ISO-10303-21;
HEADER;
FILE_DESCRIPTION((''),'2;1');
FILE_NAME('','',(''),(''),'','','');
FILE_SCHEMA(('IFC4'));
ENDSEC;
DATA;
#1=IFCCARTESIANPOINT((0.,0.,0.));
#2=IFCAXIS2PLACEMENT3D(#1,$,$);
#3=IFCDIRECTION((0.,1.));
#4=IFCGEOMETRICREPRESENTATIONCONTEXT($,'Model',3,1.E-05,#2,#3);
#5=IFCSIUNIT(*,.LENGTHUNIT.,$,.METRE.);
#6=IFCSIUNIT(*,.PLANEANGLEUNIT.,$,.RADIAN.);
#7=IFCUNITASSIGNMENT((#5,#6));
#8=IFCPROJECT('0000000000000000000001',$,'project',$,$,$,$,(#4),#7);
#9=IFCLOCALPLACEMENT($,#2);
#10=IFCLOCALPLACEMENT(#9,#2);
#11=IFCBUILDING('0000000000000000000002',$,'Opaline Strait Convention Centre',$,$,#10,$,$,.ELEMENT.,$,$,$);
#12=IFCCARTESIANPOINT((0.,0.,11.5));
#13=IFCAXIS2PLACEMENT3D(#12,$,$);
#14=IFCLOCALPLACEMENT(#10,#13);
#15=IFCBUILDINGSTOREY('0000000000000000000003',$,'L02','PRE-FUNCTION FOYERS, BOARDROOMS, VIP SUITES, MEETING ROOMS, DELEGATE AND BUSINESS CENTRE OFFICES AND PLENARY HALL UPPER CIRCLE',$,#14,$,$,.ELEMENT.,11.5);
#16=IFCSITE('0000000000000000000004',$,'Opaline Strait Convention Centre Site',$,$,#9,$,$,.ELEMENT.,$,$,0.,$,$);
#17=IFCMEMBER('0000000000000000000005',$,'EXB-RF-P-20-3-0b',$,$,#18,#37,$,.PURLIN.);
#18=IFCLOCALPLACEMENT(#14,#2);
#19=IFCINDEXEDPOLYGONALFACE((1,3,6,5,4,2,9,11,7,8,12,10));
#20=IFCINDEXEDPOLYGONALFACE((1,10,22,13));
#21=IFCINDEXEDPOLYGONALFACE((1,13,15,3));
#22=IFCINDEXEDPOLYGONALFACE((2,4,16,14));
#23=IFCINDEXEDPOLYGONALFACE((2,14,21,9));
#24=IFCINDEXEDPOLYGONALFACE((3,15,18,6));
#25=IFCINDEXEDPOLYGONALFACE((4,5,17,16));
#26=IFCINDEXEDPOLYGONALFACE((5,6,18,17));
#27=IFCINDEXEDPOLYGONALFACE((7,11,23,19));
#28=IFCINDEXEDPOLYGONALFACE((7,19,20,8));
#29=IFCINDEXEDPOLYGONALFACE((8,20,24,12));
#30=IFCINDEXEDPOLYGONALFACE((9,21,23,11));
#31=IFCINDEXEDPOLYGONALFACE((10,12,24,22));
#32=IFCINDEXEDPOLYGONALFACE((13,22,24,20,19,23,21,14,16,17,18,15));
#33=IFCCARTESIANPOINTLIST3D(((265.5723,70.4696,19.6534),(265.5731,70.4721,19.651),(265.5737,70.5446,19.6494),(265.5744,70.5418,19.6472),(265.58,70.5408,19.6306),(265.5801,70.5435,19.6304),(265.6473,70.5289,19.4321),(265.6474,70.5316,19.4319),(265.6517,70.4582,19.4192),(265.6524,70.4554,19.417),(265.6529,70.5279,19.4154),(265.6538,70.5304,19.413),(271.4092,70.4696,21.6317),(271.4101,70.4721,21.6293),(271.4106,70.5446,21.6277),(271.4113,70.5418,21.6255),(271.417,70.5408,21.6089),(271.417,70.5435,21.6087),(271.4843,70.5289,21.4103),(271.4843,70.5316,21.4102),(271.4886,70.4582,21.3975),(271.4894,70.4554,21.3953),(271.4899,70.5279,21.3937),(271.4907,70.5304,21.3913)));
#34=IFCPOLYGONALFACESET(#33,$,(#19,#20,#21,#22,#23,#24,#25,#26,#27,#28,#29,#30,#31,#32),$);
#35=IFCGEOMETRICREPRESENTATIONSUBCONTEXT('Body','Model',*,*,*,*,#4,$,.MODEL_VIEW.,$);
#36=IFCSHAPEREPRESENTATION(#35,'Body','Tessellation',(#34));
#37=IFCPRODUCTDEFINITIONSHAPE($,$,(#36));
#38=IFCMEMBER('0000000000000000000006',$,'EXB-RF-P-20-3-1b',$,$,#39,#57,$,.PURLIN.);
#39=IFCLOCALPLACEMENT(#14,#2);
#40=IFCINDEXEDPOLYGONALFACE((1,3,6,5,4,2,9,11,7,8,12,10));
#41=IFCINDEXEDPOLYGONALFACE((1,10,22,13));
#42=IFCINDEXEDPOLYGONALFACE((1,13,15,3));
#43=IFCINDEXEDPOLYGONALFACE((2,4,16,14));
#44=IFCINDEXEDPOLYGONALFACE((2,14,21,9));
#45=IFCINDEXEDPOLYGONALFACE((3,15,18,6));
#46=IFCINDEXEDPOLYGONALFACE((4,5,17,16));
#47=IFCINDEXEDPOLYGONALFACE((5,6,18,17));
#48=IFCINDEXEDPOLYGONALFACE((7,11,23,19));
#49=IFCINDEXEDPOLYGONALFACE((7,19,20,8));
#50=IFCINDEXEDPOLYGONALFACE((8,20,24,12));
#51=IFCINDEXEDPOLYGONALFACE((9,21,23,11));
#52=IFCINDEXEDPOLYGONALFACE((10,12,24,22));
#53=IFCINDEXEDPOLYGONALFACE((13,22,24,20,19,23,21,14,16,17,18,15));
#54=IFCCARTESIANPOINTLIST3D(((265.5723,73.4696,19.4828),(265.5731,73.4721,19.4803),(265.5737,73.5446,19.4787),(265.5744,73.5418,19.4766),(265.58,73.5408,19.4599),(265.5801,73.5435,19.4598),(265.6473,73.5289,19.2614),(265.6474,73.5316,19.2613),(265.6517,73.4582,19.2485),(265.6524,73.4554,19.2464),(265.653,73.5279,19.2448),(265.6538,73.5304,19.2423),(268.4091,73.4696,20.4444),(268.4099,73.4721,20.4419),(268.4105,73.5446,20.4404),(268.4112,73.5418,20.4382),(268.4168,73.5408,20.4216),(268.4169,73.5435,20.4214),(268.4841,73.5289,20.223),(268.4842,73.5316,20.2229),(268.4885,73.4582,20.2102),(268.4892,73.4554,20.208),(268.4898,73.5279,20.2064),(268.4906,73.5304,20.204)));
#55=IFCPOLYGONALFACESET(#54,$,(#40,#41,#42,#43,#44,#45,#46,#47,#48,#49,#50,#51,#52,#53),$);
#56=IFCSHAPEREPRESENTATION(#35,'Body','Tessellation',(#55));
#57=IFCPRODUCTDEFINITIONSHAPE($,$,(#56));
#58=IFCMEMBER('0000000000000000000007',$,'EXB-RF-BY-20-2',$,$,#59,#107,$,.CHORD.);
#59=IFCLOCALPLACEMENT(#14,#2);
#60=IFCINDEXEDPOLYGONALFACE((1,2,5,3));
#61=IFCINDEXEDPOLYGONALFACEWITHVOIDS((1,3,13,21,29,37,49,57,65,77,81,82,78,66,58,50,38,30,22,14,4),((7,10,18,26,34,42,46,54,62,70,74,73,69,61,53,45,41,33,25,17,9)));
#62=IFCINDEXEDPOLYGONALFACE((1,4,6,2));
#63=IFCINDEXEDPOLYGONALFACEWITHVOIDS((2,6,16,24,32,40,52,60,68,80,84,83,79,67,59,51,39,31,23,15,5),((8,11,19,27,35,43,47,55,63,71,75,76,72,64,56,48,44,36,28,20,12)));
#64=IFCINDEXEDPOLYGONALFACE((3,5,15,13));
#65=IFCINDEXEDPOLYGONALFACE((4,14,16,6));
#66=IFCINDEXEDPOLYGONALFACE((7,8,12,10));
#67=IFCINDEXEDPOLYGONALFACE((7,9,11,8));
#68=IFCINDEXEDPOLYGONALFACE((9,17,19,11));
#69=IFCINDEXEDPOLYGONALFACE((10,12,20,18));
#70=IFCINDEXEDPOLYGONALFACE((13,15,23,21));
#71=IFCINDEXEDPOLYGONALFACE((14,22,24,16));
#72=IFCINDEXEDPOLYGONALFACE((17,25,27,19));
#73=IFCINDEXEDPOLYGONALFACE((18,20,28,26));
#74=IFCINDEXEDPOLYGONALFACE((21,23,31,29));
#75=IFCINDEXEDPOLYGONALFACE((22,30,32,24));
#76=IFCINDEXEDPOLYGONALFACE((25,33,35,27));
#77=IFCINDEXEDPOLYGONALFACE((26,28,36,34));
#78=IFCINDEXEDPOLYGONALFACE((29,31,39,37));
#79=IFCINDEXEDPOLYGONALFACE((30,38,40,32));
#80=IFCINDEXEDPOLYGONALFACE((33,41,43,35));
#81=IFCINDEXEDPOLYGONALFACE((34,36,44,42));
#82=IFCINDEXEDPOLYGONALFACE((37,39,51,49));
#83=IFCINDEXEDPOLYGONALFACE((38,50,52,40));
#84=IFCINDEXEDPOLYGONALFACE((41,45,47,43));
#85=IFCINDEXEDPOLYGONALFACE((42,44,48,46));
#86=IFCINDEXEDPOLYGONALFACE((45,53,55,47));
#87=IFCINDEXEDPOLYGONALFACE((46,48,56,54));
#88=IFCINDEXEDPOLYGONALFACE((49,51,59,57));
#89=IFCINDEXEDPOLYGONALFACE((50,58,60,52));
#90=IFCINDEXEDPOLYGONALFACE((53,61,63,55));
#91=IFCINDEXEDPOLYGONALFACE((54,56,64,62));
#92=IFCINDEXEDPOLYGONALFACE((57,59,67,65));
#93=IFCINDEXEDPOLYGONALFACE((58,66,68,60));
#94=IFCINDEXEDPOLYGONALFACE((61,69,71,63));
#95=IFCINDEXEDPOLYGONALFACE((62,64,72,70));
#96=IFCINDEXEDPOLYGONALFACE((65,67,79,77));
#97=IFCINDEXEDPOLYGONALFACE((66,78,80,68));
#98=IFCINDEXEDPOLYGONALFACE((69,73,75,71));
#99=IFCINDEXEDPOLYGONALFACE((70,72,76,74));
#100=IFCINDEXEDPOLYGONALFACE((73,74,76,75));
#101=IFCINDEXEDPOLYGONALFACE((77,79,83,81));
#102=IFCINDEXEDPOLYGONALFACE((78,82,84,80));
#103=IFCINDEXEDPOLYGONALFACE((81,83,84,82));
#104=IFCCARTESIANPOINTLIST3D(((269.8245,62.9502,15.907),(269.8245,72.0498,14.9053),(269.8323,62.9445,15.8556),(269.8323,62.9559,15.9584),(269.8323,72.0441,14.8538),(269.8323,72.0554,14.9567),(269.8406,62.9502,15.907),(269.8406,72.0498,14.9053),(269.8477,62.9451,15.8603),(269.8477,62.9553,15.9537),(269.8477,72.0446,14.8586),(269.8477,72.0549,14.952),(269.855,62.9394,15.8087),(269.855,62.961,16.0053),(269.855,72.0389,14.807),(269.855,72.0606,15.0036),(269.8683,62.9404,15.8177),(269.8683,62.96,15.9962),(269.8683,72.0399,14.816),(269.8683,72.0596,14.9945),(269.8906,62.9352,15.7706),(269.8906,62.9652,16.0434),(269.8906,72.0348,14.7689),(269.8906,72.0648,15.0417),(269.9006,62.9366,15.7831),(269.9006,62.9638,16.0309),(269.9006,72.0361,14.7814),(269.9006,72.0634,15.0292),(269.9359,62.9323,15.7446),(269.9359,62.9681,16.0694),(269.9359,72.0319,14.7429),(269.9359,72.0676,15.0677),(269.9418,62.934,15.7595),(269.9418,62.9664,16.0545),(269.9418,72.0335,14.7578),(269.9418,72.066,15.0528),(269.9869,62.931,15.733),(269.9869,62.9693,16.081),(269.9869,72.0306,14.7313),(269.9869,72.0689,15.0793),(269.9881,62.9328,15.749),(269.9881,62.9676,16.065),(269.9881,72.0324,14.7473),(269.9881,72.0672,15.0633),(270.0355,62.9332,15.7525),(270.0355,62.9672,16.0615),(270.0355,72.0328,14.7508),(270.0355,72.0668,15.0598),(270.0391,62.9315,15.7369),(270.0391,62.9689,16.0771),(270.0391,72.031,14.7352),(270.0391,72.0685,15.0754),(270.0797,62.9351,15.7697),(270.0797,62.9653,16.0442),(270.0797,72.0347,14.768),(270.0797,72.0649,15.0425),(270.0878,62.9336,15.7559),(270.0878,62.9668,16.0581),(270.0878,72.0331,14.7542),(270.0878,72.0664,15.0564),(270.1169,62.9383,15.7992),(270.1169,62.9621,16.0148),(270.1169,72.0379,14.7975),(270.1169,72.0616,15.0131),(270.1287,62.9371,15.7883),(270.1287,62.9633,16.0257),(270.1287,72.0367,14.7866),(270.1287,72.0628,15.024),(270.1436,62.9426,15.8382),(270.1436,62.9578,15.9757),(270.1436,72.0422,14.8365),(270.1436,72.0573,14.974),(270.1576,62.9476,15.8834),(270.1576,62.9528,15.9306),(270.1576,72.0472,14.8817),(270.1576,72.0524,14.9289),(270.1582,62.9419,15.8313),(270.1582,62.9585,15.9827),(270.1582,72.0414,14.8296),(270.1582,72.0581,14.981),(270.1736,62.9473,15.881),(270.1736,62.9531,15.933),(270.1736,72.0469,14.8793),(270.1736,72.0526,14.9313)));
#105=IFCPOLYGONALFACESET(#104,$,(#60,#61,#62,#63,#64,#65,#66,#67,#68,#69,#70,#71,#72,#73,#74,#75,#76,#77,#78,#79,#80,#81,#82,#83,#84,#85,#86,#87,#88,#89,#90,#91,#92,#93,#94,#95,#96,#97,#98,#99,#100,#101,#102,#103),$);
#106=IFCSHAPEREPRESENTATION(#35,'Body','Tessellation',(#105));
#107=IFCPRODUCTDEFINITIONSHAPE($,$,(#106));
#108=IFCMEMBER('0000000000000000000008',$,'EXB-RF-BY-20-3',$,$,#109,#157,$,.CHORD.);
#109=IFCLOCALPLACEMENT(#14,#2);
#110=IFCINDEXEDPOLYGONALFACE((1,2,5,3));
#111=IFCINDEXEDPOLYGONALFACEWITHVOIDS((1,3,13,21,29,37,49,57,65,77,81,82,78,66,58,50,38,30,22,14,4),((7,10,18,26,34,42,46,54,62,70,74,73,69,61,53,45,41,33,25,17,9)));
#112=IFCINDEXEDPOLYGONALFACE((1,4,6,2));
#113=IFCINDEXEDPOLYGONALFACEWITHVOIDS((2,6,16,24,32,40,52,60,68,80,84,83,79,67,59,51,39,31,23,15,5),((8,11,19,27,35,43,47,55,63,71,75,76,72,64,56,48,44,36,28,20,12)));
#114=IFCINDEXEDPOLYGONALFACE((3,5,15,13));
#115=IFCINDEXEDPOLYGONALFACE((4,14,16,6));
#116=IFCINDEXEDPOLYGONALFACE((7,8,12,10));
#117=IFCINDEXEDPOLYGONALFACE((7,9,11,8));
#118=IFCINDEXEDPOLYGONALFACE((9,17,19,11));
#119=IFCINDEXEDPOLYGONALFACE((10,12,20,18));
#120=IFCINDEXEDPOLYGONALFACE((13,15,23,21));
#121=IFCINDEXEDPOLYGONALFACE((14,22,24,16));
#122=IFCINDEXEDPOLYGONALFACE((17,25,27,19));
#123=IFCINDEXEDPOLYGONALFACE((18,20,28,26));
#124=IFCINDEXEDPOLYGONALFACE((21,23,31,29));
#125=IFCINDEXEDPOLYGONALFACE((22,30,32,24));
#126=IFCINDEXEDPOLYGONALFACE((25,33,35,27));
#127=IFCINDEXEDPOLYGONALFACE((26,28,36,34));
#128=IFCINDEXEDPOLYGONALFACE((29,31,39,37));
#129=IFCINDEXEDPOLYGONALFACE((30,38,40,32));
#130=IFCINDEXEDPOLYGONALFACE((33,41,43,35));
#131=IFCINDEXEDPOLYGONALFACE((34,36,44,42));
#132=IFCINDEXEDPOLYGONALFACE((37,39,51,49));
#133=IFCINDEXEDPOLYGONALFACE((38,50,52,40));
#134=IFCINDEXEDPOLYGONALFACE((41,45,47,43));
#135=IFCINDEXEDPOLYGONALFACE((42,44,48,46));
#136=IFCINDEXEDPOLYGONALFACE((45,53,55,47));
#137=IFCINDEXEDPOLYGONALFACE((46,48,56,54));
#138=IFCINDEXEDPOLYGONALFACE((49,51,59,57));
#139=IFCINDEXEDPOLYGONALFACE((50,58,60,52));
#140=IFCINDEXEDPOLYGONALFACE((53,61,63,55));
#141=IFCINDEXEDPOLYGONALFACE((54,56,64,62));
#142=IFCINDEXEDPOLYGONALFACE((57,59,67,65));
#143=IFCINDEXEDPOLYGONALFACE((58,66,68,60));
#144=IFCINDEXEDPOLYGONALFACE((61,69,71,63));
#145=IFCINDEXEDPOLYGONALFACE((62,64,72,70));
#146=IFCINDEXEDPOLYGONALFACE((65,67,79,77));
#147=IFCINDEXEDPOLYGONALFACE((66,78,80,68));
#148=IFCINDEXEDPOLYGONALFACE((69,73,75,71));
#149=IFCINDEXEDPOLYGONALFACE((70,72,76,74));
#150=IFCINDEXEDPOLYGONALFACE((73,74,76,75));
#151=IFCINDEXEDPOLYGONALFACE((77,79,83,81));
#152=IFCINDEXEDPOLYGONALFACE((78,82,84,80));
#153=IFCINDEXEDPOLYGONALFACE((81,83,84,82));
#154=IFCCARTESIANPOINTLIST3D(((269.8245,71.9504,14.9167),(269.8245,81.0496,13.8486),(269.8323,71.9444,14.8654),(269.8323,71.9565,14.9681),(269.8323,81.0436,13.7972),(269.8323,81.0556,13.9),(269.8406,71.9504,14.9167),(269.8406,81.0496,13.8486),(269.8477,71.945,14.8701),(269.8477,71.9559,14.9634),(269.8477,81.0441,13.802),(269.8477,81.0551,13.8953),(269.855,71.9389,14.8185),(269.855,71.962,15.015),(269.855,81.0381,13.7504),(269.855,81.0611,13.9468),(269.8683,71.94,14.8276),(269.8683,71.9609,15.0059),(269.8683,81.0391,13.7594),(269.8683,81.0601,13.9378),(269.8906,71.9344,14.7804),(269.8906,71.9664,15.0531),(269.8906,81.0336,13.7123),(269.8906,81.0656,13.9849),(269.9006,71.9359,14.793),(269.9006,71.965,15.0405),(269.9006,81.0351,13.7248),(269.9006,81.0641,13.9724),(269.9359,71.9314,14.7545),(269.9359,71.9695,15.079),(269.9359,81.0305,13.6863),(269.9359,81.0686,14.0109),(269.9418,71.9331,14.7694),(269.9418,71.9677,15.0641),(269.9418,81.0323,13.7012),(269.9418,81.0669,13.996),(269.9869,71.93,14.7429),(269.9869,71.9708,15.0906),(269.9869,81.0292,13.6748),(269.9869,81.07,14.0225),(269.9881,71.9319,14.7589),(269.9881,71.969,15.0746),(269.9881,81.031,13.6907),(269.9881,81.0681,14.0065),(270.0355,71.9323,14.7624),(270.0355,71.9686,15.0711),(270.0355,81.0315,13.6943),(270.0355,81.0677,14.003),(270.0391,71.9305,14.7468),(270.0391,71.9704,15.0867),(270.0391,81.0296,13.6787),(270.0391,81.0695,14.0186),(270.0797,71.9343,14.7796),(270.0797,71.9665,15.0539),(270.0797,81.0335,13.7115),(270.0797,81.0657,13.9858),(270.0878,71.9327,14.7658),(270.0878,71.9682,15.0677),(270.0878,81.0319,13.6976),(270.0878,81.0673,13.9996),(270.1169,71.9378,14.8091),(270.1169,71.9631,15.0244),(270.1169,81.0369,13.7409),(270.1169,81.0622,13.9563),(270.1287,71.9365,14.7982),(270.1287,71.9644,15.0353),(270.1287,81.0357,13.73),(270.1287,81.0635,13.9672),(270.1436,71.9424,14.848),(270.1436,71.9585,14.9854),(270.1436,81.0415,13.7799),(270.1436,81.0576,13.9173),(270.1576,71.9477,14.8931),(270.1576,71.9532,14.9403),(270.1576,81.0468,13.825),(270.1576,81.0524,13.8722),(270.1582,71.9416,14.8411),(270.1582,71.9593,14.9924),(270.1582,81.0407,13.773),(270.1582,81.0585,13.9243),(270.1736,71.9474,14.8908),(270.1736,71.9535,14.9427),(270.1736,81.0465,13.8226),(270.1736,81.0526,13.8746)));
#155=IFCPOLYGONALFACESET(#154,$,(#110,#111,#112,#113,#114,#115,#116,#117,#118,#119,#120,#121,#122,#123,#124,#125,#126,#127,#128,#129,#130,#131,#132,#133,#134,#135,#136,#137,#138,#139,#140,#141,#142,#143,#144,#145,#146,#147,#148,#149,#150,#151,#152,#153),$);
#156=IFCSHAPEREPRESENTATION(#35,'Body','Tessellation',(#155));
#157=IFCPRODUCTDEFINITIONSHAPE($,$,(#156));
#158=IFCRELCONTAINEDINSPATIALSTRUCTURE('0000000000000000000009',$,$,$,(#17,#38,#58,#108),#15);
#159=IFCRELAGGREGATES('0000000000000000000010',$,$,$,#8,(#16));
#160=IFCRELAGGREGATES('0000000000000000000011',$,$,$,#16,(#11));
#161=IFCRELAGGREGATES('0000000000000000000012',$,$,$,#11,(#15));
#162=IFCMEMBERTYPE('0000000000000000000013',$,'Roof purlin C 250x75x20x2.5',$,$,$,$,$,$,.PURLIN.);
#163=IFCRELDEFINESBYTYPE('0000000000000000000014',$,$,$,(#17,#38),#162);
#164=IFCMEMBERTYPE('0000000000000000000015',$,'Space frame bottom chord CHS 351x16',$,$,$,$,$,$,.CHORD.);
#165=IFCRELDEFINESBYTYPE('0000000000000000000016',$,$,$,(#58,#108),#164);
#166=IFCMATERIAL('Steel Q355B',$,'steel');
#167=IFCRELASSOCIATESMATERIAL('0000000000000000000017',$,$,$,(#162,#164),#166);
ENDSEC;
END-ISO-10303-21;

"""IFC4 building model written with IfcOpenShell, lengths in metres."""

from ifc_helpers import new_model, si_unit, direction, frame, origin, origin_2d, place, context, subcontext, project, spatial, polyline, hollow_circle, outline, extrude, material, material_profile, profile_set, type_object, element, save


model = new_model("IFC4")

# Units and contexts
model_context = context("Model", 3, precision=1e-05, world=origin(), true_north=direction((0.0, 1.0)))
body_context = subcontext(model_context, "Body", "Model", "MODEL_VIEW")
ifc_project = project(units=[si_unit("LENGTHUNIT", "METRE"), si_unit("PLANEANGLEUNIT", "RADIAN")], contexts=[model_context])

# Site, building, storey
site_placement = place(None, origin())
site = spatial("IfcSite", under=ifc_project, at=site_placement, Name="Opaline Strait Convention Centre Site", CompositionType="ELEMENT", RefElevation=0.0)
building_placement = place(site_placement, origin())
building = spatial("IfcBuilding", under=site, at=building_placement, Name="Opaline Strait Convention Centre", CompositionType="ELEMENT")
storey_placement = place(building_placement, frame((0.0, 0.0, 11.5)))
storey = spatial("IfcBuildingStorey", under=building, at=storey_placement, Name="L02", Description="PRE-FUNCTION FOYERS, BOARDROOMS, VIP SUITES, MEETING ROOMS, DELEGATE AND BUSINESS CENTRE OFFICES AND PLENARY HALL UPPER CIRCLE", CompositionType="ELEMENT", Elevation=11.5)

# Members
ifc_material_1 = material(Name="Steel Q355B", Category="steel")
ifc_material_profile_1 = material_profile(ifc_material_1, outline(polyline([(-0.0376, -0.125), (0.0376, -0.125), (0.0376, -0.105), (0.0349, -0.105), (0.0349, -0.1226), (-0.0349, -0.1226), (-0.0349, 0.1226), (0.0349, 0.1226), (0.0349, 0.105), (0.0376, 0.105), (0.0376, 0.125), (-0.0376, 0.125), (-0.0376, -0.125)])), Name="C 250x75x20x2.5")
ifc_profile_set_1 = profile_set([ifc_material_profile_1], Name="Steel Q355B")
member_type_1 = type_object("IfcMemberType", Name="Roof purlin C 250x75x20x2.5", PredefinedType="PURLIN", material=ifc_profile_set_1)
member_1_placement = place(storey_placement, frame((265.613, 70.5, 19.5332), z_axis=(0.947083, 0.0, 0.320989), x_axis=(0.018222, 0.998387, -0.053765)))
element("IfcMember", 1, at=member_1_placement, inside=storey, type_object=member_type_1, Name="EXB-RF-P-20-3-0b", PredefinedType="PURLIN", context=body_context, shape_type="SweptSolid", body=[
    extrude(outline(polyline([(-0.0376, -0.125), (0.0376, -0.125), (0.0376, -0.105), (0.0349, -0.105), (0.0349, -0.1226), (-0.0349, -0.1226), (-0.0349, 0.1226), (0.0349, 0.1226), (0.0349, 0.105), (0.0376, 0.105), (0.0376, 0.125), (-0.0376, 0.125), (-0.0376, -0.125)])), origin(), (0.0, 0.0, 1.0), 6.1631),
])
member_2_placement = place(storey_placement, frame((265.613, 73.5, 19.3625), z_axis=(0.947065, 0.0, 0.321041), x_axis=(0.018225, 0.998387, -0.053764)))
element("IfcMember", 2, at=member_2_placement, inside=storey, type_object=member_type_1, Name="EXB-RF-P-20-3-1b", PredefinedType="PURLIN", context=body_context, shape_type="SweptSolid", body=[
    extrude(outline(polyline([(-0.0376, -0.125), (0.0376, -0.125), (0.0376, -0.105), (0.0349, -0.105), (0.0349, -0.1226), (-0.0349, -0.1226), (-0.0349, 0.1226), (0.0349, 0.1226), (0.0349, 0.105), (0.0376, 0.105), (0.0376, 0.125), (-0.0376, 0.125), (-0.0376, -0.125)])), origin(), (0.0, 0.0, 1.0), 2.9954),
])
ifc_material_profile_2 = material_profile(ifc_material_1, hollow_circle(Radius=0.1755, WallThickness=0.0161, at=origin_2d()), Name="CHS 351x16")
ifc_profile_set_2 = profile_set([ifc_material_profile_2], Name="Steel Q355B")
member_type_2 = type_object("IfcMemberType", Name="Space frame bottom chord CHS 351x16", PredefinedType="CHORD", material=ifc_profile_set_2)
member_3_placement = place(storey_placement, frame((270.0, 62.9502, 15.907), z_axis=(0.0, 0.993995, -0.109422), x_axis=(-1.0, 0.0, 0.0)))
element("IfcMember", 3, at=member_3_placement, inside=storey, type_object=member_type_2, Name="EXB-RF-BY-20-2", PredefinedType="CHORD", context=body_context, shape_type="SweptSolid", body=[
    extrude(hollow_circle(Radius=0.1755, WallThickness=0.0161, at=origin_2d()), origin(), (0.0, 0.0, 1.0), 9.1545),
])
member_4_placement = place(storey_placement, frame((270.0, 71.9504, 14.9167), z_axis=(0.0, 0.993181, -0.116586), x_axis=(-1.0, 0.0, 0.0)))
element("IfcMember", 4, at=member_4_placement, inside=storey, type_object=member_type_2, Name="EXB-RF-BY-20-3", PredefinedType="CHORD", context=body_context, shape_type="SweptSolid", body=[
    extrude(hollow_circle(Radius=0.1755, WallThickness=0.0161, at=origin_2d()), origin(), (0.0, 0.0, 1.0), 9.1616),
])

save(model, "model.ifc")
